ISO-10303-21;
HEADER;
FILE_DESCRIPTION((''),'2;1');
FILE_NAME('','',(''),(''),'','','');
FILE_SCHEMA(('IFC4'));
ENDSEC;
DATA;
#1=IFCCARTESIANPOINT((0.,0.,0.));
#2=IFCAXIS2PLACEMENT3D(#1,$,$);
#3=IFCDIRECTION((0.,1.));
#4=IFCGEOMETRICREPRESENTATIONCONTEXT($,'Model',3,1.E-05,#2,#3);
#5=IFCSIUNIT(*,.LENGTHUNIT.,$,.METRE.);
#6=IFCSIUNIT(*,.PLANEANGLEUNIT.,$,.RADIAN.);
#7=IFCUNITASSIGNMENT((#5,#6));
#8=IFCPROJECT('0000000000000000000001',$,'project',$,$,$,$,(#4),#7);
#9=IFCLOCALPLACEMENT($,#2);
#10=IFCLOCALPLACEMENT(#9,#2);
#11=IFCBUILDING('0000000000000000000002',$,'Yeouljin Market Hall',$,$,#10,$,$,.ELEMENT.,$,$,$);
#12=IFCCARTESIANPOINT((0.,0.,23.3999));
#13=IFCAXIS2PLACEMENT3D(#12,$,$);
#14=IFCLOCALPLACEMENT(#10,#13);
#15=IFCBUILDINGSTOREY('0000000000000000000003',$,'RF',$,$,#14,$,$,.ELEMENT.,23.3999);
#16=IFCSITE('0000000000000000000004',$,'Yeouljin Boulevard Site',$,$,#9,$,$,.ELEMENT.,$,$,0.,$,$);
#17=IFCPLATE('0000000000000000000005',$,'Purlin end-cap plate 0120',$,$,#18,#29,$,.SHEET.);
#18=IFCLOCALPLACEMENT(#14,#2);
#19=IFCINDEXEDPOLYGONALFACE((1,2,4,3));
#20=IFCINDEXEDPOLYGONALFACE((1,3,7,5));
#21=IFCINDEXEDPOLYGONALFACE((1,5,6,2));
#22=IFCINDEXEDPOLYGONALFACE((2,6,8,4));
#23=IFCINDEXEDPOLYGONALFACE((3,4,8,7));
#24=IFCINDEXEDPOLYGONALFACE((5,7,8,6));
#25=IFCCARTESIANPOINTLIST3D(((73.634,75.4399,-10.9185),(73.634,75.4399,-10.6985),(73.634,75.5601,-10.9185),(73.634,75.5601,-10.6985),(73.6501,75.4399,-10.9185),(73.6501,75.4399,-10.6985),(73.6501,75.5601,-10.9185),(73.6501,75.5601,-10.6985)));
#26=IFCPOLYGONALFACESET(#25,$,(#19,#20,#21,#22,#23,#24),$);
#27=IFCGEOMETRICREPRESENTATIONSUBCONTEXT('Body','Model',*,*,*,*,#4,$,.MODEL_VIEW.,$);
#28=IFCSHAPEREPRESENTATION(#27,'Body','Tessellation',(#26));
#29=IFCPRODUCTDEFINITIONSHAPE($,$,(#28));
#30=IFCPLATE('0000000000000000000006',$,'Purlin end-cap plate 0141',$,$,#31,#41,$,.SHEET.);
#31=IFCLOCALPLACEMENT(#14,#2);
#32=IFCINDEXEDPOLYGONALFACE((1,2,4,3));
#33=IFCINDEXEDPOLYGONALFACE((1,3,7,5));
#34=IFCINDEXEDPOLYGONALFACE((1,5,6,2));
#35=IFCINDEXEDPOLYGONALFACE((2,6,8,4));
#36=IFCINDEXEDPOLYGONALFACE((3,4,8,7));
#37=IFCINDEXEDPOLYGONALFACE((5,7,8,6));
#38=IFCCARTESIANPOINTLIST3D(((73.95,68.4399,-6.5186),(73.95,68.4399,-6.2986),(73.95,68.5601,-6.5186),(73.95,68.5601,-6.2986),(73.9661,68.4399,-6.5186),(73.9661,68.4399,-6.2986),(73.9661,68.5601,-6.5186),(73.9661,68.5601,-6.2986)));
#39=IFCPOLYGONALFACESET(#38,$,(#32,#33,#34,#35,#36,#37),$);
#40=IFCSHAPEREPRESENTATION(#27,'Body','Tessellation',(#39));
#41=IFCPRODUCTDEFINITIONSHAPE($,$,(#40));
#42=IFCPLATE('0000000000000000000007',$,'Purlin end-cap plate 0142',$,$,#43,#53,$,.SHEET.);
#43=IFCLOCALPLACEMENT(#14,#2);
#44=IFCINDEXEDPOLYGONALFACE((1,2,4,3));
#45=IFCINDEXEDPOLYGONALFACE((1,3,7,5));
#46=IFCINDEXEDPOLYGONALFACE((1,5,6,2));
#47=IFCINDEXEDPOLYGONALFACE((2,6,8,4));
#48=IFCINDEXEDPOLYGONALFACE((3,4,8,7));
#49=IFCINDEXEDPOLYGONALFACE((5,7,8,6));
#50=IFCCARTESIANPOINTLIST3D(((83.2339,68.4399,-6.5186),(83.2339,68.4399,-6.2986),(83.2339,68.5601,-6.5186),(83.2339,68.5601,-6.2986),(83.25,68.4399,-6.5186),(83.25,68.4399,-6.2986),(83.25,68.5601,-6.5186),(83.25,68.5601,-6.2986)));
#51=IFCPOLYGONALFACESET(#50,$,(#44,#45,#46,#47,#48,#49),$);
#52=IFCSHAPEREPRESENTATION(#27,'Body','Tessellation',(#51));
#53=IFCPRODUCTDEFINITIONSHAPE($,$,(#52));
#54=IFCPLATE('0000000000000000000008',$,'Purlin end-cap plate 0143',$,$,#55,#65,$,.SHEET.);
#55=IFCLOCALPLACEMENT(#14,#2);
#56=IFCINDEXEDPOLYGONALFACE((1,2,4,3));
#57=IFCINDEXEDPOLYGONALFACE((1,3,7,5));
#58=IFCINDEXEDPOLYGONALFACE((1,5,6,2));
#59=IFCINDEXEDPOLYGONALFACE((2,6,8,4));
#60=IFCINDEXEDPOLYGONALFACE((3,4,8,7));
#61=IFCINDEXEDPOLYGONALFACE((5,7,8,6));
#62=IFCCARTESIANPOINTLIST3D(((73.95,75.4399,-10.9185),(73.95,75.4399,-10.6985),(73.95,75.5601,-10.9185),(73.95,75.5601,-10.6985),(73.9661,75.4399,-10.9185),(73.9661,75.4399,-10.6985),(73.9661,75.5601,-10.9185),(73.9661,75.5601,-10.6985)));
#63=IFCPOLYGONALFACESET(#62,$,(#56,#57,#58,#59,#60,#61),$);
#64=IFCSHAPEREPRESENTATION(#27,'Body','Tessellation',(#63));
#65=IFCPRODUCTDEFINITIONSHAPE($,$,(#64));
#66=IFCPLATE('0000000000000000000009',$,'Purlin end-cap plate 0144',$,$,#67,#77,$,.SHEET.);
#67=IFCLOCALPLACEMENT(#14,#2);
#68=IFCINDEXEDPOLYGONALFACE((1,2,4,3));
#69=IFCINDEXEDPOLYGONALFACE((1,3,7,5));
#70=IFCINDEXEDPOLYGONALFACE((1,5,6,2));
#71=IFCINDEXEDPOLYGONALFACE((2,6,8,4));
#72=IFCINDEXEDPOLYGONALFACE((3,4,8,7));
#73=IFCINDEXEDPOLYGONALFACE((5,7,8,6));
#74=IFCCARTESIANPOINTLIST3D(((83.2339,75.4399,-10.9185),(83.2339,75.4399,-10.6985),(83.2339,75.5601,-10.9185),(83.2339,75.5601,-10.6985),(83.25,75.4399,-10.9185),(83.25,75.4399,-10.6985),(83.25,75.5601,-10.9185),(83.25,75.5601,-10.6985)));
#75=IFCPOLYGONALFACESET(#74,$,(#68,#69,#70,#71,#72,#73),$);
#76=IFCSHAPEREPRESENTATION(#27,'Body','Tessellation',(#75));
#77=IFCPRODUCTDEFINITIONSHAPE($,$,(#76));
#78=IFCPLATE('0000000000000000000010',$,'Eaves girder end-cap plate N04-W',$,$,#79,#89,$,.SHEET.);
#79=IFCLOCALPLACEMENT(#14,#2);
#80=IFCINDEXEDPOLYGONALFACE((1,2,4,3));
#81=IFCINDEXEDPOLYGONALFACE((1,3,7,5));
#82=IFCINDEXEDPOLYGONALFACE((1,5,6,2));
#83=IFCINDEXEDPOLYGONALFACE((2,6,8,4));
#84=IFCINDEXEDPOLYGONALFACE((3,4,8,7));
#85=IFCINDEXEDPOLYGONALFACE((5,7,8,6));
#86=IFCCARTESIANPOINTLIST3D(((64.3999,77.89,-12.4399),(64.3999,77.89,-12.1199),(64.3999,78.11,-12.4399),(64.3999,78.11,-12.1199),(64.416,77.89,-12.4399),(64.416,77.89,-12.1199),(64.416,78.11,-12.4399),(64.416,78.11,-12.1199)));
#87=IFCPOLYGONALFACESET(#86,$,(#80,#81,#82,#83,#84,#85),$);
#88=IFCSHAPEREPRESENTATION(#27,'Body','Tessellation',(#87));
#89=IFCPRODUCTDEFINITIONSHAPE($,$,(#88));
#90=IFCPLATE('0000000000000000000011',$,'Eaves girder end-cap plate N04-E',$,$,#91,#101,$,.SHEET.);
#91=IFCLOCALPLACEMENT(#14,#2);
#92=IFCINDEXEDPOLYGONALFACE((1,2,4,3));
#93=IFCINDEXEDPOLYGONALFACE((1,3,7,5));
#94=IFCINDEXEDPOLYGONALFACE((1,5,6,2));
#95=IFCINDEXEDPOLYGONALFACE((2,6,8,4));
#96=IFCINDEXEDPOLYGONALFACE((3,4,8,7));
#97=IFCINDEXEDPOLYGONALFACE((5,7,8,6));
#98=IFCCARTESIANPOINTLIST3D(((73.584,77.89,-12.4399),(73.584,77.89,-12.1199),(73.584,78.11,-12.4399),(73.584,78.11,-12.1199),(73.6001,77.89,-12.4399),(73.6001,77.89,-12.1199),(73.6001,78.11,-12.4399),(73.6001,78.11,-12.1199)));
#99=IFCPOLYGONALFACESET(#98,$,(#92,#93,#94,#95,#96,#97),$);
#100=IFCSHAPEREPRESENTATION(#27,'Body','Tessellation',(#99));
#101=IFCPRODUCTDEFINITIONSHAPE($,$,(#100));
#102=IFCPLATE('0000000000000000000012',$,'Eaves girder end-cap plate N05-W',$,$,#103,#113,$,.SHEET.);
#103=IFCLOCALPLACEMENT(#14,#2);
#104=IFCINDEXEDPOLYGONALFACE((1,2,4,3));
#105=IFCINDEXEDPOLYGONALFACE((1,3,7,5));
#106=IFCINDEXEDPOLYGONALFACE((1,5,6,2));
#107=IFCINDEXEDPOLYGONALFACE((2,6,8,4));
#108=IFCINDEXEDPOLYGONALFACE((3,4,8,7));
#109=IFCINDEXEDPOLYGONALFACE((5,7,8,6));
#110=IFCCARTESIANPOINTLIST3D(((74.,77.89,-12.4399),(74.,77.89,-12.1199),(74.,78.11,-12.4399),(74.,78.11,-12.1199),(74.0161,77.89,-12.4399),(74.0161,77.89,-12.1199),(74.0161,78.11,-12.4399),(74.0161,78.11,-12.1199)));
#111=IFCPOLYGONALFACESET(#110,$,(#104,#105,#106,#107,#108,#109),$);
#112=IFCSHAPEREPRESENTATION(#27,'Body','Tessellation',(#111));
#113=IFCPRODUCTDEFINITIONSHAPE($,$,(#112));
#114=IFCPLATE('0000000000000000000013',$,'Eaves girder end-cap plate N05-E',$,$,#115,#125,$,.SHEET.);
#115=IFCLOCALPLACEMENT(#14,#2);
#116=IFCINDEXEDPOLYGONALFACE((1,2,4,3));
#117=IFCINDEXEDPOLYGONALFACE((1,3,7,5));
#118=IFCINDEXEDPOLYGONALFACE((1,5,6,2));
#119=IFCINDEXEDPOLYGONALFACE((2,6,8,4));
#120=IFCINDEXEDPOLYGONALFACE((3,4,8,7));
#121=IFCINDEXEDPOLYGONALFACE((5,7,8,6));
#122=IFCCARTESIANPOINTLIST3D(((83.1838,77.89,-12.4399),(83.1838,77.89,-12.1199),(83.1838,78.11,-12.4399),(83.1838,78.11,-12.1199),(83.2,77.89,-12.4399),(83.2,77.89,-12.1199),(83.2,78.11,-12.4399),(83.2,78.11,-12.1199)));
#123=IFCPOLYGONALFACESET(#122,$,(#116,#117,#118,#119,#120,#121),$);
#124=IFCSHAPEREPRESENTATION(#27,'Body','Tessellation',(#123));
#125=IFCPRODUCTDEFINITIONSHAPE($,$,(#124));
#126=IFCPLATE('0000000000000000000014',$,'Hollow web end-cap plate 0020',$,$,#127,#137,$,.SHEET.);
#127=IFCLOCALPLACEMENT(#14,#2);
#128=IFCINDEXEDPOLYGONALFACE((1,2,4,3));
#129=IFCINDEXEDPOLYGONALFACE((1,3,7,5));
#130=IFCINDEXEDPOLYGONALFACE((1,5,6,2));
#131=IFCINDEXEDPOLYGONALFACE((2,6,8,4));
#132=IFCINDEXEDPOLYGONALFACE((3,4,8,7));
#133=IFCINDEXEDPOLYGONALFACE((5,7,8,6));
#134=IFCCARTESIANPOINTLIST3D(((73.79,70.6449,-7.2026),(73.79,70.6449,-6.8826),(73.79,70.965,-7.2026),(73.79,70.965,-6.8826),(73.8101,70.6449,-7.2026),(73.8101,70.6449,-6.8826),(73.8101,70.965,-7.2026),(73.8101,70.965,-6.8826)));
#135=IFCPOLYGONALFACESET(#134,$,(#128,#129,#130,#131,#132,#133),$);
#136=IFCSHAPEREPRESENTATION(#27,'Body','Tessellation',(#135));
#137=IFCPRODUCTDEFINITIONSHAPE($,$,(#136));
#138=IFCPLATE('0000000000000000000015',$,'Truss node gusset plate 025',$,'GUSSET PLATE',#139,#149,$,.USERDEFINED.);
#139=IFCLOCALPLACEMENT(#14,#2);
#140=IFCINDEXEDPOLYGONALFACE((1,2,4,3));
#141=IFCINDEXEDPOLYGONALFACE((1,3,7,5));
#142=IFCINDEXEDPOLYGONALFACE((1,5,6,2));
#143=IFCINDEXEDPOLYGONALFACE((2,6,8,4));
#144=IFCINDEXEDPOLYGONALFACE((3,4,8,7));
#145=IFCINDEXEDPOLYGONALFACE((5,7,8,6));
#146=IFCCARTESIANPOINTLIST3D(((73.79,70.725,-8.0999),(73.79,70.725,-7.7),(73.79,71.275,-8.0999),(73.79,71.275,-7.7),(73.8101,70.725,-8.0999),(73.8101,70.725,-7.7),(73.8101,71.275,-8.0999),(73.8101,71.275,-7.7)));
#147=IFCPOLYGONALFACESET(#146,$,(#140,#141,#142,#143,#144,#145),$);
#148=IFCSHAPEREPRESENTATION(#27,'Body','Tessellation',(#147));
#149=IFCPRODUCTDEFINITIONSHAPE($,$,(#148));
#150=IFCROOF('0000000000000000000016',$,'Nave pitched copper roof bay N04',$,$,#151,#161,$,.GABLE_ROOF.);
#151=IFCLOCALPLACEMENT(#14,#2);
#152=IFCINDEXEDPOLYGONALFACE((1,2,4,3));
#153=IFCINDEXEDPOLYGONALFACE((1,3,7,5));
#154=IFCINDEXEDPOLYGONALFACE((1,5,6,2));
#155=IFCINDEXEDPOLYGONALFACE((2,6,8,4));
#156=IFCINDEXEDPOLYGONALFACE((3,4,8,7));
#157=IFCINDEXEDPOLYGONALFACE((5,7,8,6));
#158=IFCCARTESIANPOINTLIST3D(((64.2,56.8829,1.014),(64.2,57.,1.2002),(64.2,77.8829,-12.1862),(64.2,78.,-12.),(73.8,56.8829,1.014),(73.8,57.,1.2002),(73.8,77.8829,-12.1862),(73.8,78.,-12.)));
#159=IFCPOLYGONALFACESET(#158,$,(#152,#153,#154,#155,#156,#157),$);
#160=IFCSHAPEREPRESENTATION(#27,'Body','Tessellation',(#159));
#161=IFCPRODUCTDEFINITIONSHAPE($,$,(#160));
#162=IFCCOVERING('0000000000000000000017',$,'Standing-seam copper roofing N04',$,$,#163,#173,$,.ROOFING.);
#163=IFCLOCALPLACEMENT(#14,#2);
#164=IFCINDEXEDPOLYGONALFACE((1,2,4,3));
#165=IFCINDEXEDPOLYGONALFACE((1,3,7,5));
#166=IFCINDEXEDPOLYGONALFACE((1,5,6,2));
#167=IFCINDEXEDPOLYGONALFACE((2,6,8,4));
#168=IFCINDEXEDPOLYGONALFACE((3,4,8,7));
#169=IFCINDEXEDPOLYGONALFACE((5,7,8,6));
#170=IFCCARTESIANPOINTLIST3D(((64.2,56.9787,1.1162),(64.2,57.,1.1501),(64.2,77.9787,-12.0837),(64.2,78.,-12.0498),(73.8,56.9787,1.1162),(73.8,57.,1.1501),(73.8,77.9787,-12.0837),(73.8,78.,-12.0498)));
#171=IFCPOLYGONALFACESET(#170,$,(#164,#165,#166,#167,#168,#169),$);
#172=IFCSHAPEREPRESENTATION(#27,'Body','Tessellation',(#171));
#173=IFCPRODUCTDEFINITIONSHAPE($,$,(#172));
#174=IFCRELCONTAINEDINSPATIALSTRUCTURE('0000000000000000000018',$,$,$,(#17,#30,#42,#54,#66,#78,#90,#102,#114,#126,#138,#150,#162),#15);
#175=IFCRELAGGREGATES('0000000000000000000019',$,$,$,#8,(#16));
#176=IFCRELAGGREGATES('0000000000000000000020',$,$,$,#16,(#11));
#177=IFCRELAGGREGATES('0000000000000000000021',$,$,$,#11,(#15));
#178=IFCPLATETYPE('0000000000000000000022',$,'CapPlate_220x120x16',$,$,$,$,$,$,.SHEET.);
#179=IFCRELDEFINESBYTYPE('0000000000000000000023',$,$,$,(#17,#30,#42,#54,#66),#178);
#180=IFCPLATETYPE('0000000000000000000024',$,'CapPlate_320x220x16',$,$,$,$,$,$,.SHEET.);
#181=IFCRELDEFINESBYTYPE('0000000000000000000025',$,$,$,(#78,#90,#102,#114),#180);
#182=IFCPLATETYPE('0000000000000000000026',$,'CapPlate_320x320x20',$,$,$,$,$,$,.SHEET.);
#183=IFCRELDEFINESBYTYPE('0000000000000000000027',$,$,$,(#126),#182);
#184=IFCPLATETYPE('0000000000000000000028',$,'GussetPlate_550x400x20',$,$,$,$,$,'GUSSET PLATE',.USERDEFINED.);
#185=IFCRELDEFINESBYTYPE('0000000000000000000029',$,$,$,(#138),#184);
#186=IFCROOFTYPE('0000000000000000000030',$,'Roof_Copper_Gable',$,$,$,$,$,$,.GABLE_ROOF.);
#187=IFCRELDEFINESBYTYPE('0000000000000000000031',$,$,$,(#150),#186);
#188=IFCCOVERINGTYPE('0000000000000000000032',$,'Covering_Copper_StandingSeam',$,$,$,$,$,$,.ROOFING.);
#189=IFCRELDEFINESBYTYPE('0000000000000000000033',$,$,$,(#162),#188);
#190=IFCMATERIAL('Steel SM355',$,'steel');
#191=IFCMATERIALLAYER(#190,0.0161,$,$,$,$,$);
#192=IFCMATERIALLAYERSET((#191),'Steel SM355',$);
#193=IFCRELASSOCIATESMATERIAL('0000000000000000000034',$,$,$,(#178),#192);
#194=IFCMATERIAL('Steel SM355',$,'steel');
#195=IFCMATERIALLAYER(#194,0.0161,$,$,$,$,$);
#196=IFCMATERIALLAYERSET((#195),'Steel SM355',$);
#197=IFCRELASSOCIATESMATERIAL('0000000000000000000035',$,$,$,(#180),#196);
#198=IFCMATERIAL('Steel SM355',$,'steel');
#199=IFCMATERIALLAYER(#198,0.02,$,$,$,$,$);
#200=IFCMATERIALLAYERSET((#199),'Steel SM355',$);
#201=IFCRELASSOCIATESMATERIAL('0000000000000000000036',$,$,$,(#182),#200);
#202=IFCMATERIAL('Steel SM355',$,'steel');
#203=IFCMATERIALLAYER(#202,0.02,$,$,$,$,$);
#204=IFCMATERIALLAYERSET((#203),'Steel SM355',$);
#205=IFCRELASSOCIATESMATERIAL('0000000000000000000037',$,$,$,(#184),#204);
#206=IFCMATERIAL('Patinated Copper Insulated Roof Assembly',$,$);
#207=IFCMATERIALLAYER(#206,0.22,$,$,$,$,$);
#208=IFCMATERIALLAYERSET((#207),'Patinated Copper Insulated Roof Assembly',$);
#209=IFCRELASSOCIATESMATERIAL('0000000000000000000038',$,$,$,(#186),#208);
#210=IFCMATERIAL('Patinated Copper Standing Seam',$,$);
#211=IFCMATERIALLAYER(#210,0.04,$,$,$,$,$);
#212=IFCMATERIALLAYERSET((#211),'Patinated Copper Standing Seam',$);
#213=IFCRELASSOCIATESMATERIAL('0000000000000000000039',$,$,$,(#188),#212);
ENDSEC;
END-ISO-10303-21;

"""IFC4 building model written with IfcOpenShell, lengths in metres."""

from ifc_helpers import new_model, si_unit, direction, frame, origin, origin_2d, place, context, subcontext, project, spatial, polyline, rectangle, outline, extrude, material, layer, layer_set, type_object, element, save


model = new_model("IFC4")

# Units and contexts
model_context = context("Model", 3, precision=1e-05, world=origin(), true_north=direction((0.0, 1.0)))
body_context = subcontext(model_context, "Body", "Model", "MODEL_VIEW")
ifc_project = project(units=[si_unit("LENGTHUNIT", "METRE"), si_unit("PLANEANGLEUNIT", "RADIAN")], contexts=[model_context])

# Site, building, storey
site_placement = place(None, origin())
site = spatial("IfcSite", under=ifc_project, at=site_placement, Name="Yeouljin Boulevard Site", CompositionType="ELEMENT", RefElevation=0.0)
building_placement = place(site_placement, origin())
building = spatial("IfcBuilding", under=site, at=building_placement, Name="Yeouljin Market Hall", CompositionType="ELEMENT")
storey_placement = place(building_placement, frame((0.0, 0.0, 23.3999)))
storey = spatial("IfcBuildingStorey", under=building, at=storey_placement, Name="RF", CompositionType="ELEMENT", Elevation=23.3999)

# Plates
ifc_material_1 = material(Name="Steel SM355", Category="steel")
ifc_layer_1 = layer(ifc_material_1, 0.0161)
ifc_layer_set_1 = layer_set([ifc_layer_1], Name="Steel SM355")
plate_type_1 = type_object("IfcPlateType", Name="CapPlate_220x120x16", PredefinedType="SHEET", material=ifc_layer_set_1)
for number, where, z_axis, x_axis, name in (
    (1, (73.6421, 75.5, -10.9185), (0.0, 0.0, 1.0), (0.0, 1.0, 0.0), "Purlin end-cap plate 0120"),
    (2, (73.958, 68.5, -6.5186), (0.0, 0.0, 1.0), (0.0, 1.0, 0.0), "Purlin end-cap plate 0141"),
    (3, (83.2419, 68.5, -6.5186), (0.0, 0.0, 1.0), (0.0, 1.0, 0.0), "Purlin end-cap plate 0142"),
    (4, (73.958, 75.5, -10.9185), (0.0, 0.0, 1.0), (0.0, 1.0, 0.0), "Purlin end-cap plate 0143"),
    (5, (83.2419, 75.5, -10.9185), (0.0, 0.0, 1.0), (0.0, 1.0, 0.0), "Purlin end-cap plate 0144"),
):
    element("IfcPlate", number, at=place(storey_placement, frame(where, z_axis=z_axis, x_axis=x_axis)), inside=storey, type_object=plate_type_1, Name=name, PredefinedType="SHEET", context=body_context, shape_type="SweptSolid", body=[
        extrude(rectangle(XDim=0.1201, YDim=0.0161, at=origin_2d()), origin(), (0.0, 0.0, 1.0), 0.22),
    ])
ifc_material_2 = material(Name="Steel SM355", Category="steel")
ifc_layer_2 = layer(ifc_material_2, 0.0161)
ifc_layer_set_2 = layer_set([ifc_layer_2], Name="Steel SM355")
plate_type_2 = type_object("IfcPlateType", Name="CapPlate_320x220x16", PredefinedType="SHEET", material=ifc_layer_set_2)
for number, where, z_axis, x_axis, name in (
    (6, (64.408, 78.0, -12.4399), (0.0, 0.0, 1.0), (0.0, 1.0, 0.0), "Eaves girder end-cap plate N04-W"),
    (7, (73.592, 78.0, -12.4399), (0.0, 0.0, 1.0), (0.0, 1.0, 0.0), "Eaves girder end-cap plate N04-E"),
    (8, (74.0081, 78.0, -12.4399), (0.0, 0.0, 1.0), (0.0, 1.0, 0.0), "Eaves girder end-cap plate N05-W"),
    (9, (83.1919, 78.0, -12.4399), (0.0, 0.0, 1.0), (0.0, 1.0, 0.0), "Eaves girder end-cap plate N05-E"),
):
    element("IfcPlate", number, at=place(storey_placement, frame(where, z_axis=z_axis, x_axis=x_axis)), inside=storey, type_object=plate_type_2, Name=name, PredefinedType="SHEET", context=body_context, shape_type="SweptSolid", body=[
        extrude(rectangle(XDim=0.22, YDim=0.0161, at=origin_2d()), origin(), (0.0, 0.0, 1.0), 0.3201),
    ])
ifc_material_3 = material(Name="Steel SM355", Category="steel")
ifc_layer_3 = layer(ifc_material_3, 0.02)
ifc_layer_set_3 = layer_set([ifc_layer_3], Name="Steel SM355")
plate_type_3 = type_object("IfcPlateType", Name="CapPlate_320x320x20", PredefinedType="SHEET", material=ifc_layer_set_3)
plate_1_placement = place(storey_placement, frame((73.8, 70.8049, -7.2026), z_axis=(0.0, 0.0, 1.0), x_axis=(0.0, 1.0, 0.0)))
element("IfcPlate", 10, at=plate_1_placement, inside=storey, type_object=plate_type_3, Name="Hollow web end-cap plate 0020", PredefinedType="SHEET", context=body_context, shape_type="SweptSolid", body=[
    extrude(rectangle(XDim=0.3201, YDim=0.02, at=origin_2d()), origin(), (0.0, 0.0, 1.0), 0.3201),
])
ifc_material_4 = material(Name="Steel SM355", Category="steel")
ifc_layer_4 = layer(ifc_material_4, 0.02)
ifc_layer_set_4 = layer_set([ifc_layer_4], Name="Steel SM355")
plate_type_4 = type_object("IfcPlateType", Name="GussetPlate_550x400x20", ElementType="GUSSET PLATE", PredefinedType="USERDEFINED", material=ifc_layer_set_4)
plate_2_placement = place(storey_placement, frame((73.8, 71.0, -8.0999), z_axis=(0.0, 0.0, 1.0), x_axis=(0.0, 1.0, 0.0)))
element("IfcPlate", 11, at=plate_2_placement, inside=storey, type_object=plate_type_4, Name="Truss node gusset plate 025", ObjectType="GUSSET PLATE", PredefinedType="USERDEFINED", context=body_context, shape_type="SweptSolid", body=[
    extrude(rectangle(XDim=0.55, YDim=0.02, at=origin_2d()), origin(), (0.0, 0.0, 1.0), 0.3999),
])

# Roof
ifc_material_5 = material(Name="Patinated Copper Insulated Roof Assembly")
ifc_layer_5 = layer(ifc_material_5, 0.22)
ifc_layer_set_5 = layer_set([ifc_layer_5], Name="Patinated Copper Insulated Roof Assembly")
roof_type = type_object("IfcRoofType", Name="Roof_Copper_Gable", PredefinedType="GABLE_ROOF", material=ifc_layer_set_5)
roof_placement = place(storey_placement, frame((73.8, 78.0, -12.0), z_axis=(0.0, 0.532177, 0.846633), x_axis=(-1.0, 0.0, 0.0)))
element("IfcRoof", 12, at=roof_placement, inside=storey, type_object=roof_type, Name="Nave pitched copper roof bay N04", PredefinedType="GABLE_ROOF", context=body_context, shape_type="SweptSolid", body=[
    extrude(outline(polyline([(0.0, 0.0), (9.6001, 0.0), (9.6001, 24.8041), (0.0, 24.8041), (0.0, 0.0)])), origin(), (0.0, 0.0, -1.0), 0.22),
])

# Covering
ifc_material_6 = material(Name="Patinated Copper Standing Seam")
ifc_layer_6 = layer(ifc_material_6, 0.04)
ifc_layer_set_6 = layer_set([ifc_layer_6], Name="Patinated Copper Standing Seam")
covering_type = type_object("IfcCoveringType", Name="Covering_Copper_StandingSeam", PredefinedType="ROOFING", material=ifc_layer_set_6)
covering_placement = place(storey_placement, frame((73.8, 78.0, -12.0498), z_axis=(0.0, 0.53217, 0.846637), x_axis=(-1.0, 0.0, 0.0)))
element("IfcCovering", 13, at=covering_placement, inside=storey, type_object=covering_type, Name="Standing-seam copper roofing N04", PredefinedType="ROOFING", context=body_context, shape_type="SweptSolid", body=[
    extrude(outline(polyline([(0.0, 0.0), (9.6001, 0.0), (9.6001, 24.804), (0.0, 24.804), (0.0, 0.0)])), origin(), (0.0, 0.0, -1.0), 0.04),
])

save(model, "model.ifc")
